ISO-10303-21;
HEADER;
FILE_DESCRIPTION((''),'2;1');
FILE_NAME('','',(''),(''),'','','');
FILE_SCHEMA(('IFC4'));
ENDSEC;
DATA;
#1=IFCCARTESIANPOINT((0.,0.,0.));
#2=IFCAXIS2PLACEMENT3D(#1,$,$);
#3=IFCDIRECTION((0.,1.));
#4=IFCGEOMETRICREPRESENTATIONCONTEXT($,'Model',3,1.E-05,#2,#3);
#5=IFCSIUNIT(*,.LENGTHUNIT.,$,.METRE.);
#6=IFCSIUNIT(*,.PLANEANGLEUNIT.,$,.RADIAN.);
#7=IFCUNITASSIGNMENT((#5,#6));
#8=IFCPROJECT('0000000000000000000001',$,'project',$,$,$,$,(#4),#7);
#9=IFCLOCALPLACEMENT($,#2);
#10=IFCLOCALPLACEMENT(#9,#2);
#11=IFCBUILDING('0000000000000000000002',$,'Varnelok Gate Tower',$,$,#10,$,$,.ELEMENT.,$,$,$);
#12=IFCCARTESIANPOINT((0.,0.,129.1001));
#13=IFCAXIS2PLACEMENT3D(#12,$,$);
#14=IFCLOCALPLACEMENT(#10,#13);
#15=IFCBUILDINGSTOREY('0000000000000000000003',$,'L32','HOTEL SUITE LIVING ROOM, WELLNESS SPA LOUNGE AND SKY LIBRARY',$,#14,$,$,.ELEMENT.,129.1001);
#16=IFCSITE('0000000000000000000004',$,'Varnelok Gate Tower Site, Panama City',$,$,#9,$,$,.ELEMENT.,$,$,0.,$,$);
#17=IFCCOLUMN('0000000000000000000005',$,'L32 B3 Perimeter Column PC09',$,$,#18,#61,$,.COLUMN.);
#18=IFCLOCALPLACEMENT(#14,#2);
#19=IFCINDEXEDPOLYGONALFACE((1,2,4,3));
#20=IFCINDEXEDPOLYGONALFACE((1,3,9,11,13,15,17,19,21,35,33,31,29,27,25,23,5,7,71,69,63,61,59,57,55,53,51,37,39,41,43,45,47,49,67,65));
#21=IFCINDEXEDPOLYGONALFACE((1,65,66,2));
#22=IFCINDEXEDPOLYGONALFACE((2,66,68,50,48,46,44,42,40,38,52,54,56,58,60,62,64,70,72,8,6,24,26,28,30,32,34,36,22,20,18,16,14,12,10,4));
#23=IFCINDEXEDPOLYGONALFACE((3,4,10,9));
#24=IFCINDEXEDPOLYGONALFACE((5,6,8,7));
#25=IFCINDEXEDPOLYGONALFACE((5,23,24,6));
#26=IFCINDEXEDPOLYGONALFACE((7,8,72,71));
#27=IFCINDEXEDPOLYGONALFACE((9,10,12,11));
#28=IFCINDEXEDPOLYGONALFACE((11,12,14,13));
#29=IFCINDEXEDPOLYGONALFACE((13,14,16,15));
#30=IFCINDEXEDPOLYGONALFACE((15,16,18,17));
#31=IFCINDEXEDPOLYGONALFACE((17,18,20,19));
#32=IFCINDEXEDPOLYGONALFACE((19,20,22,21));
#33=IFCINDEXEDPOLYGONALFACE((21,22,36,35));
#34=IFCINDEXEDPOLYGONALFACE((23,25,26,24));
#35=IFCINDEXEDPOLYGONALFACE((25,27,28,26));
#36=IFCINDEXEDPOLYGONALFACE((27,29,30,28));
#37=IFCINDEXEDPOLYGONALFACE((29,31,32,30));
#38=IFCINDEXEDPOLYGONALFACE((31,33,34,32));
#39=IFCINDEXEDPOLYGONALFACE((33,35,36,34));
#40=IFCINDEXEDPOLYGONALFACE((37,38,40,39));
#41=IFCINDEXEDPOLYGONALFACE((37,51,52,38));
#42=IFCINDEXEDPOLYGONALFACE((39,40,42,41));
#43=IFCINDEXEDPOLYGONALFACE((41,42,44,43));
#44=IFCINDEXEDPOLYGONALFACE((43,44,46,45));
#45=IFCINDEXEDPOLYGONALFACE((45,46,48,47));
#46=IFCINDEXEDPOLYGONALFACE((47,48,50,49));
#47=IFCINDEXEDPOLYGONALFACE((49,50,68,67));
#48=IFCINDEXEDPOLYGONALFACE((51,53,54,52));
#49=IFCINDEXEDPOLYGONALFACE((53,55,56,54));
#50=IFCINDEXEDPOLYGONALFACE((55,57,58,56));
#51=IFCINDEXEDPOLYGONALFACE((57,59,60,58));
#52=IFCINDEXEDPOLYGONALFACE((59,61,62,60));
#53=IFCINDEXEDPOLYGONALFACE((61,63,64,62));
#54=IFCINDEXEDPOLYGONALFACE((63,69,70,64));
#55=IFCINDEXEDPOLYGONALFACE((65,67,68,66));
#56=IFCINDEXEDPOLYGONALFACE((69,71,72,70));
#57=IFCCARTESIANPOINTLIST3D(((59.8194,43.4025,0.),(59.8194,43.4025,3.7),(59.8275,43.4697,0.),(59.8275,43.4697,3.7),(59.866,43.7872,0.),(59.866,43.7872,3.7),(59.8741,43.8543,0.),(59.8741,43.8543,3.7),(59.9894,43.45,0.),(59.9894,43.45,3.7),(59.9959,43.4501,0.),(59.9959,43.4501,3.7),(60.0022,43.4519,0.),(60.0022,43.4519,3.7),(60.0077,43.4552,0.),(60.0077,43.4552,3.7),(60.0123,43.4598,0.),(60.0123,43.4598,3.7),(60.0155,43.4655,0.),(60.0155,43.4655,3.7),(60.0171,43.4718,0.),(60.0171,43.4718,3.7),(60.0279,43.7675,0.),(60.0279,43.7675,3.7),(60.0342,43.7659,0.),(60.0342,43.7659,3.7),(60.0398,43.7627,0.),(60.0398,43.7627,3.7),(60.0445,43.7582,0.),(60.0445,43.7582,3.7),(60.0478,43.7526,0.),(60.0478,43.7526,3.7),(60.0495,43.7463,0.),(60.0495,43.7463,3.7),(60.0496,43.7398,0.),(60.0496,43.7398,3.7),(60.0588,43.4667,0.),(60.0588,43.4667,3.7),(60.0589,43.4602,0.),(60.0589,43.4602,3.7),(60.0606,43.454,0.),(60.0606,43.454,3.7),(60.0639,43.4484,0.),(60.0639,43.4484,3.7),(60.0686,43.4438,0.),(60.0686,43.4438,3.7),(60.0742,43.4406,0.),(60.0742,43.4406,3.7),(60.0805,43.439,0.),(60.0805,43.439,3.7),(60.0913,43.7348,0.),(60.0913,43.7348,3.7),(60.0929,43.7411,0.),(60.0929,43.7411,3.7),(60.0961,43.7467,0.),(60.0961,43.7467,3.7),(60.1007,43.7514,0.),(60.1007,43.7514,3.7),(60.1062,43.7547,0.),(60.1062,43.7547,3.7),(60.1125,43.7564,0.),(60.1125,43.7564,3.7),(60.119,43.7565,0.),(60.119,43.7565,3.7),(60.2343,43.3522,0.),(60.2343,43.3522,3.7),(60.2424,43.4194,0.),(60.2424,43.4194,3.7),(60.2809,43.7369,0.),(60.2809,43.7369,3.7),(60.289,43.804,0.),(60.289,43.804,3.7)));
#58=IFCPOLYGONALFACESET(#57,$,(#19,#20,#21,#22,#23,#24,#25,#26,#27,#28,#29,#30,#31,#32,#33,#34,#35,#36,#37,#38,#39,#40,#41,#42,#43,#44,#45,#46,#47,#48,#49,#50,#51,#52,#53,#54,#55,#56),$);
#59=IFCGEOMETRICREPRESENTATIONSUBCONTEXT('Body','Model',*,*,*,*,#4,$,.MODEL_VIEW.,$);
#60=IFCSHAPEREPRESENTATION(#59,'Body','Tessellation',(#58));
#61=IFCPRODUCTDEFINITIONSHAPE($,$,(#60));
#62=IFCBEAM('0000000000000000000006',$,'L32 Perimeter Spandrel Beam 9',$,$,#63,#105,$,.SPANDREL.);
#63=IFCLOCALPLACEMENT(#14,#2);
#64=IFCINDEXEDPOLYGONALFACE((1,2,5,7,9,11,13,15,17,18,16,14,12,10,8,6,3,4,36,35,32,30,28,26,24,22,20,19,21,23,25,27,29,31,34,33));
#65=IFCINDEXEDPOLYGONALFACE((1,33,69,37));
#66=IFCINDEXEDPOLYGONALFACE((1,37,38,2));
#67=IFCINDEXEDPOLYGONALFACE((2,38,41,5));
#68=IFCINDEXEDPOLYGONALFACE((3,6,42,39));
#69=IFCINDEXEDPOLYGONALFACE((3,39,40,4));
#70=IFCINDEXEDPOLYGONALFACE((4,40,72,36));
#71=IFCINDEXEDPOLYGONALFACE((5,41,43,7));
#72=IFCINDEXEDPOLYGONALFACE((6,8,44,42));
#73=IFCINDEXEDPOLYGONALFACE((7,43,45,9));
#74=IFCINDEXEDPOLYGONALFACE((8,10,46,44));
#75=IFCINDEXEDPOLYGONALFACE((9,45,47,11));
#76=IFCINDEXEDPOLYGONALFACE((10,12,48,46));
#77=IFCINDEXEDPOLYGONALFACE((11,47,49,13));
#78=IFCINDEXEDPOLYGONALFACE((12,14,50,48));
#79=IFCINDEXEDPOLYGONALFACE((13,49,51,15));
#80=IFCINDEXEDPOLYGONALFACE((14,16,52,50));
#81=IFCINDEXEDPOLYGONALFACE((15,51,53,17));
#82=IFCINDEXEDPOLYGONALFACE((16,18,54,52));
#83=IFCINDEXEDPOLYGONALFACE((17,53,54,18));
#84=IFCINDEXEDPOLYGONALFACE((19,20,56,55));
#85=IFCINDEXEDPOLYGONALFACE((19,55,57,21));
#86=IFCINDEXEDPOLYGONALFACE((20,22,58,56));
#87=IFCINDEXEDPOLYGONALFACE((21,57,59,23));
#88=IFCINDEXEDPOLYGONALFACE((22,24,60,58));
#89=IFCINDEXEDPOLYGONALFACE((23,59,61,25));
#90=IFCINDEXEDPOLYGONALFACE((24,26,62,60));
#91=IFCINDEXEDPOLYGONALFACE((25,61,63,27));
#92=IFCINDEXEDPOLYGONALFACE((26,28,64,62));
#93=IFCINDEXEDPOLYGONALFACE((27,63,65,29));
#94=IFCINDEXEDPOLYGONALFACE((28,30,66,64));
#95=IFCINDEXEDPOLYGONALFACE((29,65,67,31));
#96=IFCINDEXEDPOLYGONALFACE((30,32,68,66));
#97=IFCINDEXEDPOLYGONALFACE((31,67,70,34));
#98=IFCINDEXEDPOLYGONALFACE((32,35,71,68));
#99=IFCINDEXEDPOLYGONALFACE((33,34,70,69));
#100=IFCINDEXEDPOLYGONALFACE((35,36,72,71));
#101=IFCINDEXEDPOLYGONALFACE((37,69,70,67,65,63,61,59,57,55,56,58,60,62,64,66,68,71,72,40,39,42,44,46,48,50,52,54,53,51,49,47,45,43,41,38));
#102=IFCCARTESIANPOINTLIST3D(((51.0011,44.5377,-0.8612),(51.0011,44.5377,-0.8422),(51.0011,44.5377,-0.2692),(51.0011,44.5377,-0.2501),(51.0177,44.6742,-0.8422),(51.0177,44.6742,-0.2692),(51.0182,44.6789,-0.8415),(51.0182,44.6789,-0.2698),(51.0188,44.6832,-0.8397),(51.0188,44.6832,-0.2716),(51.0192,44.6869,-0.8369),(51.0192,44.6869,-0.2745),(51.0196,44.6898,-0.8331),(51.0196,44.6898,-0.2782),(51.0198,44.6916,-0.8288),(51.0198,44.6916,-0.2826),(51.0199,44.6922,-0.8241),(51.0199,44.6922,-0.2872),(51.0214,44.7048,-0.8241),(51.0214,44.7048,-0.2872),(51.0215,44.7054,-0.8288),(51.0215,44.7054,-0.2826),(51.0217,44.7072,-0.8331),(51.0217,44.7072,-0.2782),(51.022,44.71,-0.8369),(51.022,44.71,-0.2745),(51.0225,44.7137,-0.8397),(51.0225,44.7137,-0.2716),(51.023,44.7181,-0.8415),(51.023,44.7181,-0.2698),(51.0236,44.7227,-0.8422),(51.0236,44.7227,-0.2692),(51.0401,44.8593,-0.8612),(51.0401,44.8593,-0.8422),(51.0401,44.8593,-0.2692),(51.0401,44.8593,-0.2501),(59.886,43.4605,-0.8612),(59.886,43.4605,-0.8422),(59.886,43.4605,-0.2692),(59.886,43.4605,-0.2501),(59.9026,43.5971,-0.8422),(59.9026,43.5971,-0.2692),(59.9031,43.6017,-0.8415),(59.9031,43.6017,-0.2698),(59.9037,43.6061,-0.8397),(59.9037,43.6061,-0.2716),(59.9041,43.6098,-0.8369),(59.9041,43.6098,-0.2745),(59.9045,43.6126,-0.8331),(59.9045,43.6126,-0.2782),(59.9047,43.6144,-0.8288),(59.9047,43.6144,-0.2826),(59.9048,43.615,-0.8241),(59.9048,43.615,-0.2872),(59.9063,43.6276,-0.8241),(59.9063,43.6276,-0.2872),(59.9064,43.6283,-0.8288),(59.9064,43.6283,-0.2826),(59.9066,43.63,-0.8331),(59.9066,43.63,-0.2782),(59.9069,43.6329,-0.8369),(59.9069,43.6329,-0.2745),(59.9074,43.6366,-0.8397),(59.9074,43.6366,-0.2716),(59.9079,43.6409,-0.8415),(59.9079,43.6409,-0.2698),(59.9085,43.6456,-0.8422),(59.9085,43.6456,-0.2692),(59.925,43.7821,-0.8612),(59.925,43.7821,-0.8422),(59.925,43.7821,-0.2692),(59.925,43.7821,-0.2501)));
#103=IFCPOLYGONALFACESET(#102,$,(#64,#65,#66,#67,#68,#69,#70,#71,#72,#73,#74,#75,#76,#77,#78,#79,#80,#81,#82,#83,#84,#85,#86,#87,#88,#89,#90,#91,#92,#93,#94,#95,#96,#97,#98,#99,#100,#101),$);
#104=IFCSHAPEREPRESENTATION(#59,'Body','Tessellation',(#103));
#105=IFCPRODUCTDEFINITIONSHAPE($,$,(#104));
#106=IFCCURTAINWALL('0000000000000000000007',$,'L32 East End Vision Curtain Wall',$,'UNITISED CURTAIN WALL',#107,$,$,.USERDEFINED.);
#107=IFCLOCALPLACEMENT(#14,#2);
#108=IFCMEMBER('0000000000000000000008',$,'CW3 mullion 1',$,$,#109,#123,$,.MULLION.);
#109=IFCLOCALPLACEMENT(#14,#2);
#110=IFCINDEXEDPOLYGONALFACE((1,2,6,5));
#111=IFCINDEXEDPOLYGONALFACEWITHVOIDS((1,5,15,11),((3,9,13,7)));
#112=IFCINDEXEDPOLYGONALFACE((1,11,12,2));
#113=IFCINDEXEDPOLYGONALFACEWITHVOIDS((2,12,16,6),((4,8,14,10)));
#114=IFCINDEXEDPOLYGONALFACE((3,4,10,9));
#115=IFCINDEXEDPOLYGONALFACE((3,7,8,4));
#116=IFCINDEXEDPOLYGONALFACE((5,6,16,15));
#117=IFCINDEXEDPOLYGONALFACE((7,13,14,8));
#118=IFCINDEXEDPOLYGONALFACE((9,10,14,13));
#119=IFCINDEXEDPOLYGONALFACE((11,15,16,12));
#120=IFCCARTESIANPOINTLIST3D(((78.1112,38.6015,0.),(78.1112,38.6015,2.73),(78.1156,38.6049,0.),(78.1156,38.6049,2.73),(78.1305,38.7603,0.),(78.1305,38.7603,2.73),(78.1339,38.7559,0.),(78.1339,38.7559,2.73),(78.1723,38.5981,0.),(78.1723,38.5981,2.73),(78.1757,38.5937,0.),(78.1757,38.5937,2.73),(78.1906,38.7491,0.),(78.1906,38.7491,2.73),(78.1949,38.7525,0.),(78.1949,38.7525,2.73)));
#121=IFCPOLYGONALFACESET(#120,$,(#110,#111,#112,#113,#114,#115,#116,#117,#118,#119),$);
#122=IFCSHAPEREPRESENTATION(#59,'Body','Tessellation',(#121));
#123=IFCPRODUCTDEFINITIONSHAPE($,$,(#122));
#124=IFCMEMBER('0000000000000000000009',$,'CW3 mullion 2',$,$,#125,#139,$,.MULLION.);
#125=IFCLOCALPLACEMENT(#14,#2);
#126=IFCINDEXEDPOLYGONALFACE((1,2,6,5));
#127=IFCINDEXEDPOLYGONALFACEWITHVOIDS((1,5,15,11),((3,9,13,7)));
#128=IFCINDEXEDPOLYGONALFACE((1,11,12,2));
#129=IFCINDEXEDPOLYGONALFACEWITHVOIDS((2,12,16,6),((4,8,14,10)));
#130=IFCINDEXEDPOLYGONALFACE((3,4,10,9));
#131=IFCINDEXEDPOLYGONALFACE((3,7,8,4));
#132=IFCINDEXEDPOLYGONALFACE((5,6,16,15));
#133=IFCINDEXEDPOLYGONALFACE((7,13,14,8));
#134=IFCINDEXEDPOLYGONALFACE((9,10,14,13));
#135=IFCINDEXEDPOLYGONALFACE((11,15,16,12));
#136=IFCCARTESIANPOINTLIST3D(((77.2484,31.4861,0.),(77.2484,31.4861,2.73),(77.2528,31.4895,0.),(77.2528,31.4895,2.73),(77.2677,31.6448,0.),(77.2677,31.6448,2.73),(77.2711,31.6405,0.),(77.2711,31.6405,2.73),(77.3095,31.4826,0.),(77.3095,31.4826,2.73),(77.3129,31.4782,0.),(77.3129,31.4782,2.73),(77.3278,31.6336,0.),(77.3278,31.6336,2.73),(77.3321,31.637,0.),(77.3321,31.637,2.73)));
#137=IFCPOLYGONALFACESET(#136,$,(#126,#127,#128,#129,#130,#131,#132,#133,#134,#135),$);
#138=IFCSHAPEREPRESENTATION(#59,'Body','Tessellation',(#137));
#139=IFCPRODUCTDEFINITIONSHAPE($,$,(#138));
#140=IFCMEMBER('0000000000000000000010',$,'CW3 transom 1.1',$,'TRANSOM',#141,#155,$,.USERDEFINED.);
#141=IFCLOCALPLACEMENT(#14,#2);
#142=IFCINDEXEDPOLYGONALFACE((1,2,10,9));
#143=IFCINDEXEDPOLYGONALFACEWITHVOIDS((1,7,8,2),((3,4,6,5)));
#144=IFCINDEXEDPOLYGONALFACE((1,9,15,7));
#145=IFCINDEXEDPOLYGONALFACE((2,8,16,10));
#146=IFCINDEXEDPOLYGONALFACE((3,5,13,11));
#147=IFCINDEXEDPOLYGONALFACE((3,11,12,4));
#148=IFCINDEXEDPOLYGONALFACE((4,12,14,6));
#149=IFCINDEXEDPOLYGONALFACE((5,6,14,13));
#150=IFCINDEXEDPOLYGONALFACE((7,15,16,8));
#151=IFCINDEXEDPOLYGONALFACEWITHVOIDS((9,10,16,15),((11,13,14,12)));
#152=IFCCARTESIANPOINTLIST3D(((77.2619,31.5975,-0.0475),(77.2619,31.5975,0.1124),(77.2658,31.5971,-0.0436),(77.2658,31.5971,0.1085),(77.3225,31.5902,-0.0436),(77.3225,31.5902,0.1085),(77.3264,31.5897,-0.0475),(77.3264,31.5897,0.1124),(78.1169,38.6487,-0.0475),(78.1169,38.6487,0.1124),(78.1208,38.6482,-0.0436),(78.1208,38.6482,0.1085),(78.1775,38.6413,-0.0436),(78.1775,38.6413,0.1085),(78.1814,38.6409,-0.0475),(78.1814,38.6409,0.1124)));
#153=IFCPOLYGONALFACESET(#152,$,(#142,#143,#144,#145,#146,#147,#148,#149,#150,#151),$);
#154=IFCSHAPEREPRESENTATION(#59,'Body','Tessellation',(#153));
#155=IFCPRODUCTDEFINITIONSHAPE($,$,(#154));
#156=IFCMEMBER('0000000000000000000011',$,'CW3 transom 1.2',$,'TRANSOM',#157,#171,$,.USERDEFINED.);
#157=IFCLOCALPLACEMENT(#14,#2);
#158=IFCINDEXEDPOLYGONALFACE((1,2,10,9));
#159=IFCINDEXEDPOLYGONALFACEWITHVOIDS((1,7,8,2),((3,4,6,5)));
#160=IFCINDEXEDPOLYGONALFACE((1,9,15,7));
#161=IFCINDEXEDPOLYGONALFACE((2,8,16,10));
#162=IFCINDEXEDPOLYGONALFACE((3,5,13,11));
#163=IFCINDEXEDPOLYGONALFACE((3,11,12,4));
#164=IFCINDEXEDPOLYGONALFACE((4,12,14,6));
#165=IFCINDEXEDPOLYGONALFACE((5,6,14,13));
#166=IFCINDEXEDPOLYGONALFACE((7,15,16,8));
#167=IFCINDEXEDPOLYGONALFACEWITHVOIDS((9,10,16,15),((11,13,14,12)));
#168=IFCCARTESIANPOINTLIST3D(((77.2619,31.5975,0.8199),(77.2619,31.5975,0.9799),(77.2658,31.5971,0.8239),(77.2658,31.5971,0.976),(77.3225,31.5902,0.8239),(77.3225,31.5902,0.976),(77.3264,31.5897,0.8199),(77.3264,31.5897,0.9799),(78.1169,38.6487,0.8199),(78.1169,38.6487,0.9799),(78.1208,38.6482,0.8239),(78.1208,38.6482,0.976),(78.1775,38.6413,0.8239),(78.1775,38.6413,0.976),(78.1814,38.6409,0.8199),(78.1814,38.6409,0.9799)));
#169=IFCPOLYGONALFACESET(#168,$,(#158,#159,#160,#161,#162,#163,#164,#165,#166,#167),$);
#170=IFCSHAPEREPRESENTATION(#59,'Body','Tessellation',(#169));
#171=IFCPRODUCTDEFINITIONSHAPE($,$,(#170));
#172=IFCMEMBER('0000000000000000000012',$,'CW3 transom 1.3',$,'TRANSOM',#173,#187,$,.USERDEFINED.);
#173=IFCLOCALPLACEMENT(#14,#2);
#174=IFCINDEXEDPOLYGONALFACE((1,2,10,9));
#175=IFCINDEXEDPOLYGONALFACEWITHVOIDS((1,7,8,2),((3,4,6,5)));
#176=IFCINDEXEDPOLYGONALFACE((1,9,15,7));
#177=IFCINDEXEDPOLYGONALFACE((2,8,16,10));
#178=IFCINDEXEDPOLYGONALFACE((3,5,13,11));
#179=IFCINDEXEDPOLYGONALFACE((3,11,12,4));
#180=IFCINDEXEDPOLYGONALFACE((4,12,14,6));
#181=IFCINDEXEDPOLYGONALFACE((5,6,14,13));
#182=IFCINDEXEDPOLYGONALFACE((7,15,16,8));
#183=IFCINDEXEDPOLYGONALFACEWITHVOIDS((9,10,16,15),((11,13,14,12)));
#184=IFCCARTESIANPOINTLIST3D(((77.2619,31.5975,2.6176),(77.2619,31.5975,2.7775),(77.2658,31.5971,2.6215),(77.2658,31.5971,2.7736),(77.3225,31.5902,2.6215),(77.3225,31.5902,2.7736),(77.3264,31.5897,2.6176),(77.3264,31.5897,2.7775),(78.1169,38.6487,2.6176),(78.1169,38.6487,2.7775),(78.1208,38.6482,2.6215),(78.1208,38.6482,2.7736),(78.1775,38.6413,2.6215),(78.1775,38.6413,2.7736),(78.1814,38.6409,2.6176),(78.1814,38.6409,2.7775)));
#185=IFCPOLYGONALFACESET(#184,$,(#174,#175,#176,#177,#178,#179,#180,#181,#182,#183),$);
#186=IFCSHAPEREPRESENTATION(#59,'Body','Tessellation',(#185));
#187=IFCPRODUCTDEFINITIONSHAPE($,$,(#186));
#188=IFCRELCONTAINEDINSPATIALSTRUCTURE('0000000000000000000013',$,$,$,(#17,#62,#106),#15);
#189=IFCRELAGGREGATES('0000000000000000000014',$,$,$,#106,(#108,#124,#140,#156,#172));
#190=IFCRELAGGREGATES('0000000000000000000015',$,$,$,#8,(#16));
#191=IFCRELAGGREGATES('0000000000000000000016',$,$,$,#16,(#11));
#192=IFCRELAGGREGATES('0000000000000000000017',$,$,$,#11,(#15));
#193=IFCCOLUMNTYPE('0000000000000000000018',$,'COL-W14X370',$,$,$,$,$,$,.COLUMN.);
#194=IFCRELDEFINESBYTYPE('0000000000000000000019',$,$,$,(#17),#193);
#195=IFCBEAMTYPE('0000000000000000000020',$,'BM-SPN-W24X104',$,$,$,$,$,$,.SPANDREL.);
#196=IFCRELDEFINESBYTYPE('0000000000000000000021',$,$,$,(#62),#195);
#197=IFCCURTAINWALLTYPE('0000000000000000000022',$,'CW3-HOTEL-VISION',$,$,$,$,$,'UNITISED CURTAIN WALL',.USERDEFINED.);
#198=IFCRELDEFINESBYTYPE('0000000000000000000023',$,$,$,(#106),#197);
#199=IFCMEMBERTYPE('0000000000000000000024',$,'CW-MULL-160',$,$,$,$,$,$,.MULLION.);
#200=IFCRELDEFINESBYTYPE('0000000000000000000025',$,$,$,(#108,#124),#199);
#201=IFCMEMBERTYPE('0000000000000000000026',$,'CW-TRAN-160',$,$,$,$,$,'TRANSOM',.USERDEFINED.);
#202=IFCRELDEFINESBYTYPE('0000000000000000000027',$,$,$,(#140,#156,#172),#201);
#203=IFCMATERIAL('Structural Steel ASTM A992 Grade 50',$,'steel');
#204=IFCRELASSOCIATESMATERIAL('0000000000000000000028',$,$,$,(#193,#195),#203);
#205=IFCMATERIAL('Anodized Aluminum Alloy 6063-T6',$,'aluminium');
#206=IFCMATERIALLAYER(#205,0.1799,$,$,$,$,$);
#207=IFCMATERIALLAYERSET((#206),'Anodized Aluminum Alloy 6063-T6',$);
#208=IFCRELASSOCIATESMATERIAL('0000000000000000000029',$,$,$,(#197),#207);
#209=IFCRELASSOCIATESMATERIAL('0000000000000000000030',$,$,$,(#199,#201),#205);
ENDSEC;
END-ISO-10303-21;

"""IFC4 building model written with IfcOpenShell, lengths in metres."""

from ifc_helpers import new_model, si_unit, direction, frame, origin, origin_2d, place, context, subcontext, project, spatial, hollow_rectangle, i_section, extrude, material, layer, layer_set, material_profile, profile_set, type_object, element, aggregate, save


model = new_model("IFC4")

# Units and contexts
model_context = context("Model", 3, precision=1e-05, world=origin(), true_north=direction((0.0, 1.0)))
body_context = subcontext(model_context, "Body", "Model", "MODEL_VIEW")
ifc_project = project(units=[si_unit("LENGTHUNIT", "METRE"), si_unit("PLANEANGLEUNIT", "RADIAN")], contexts=[model_context])

# Site, building, storey
site_placement = place(None, origin())
site = spatial("IfcSite", under=ifc_project, at=site_placement, Name="Varnelok Gate Tower Site, Panama City", CompositionType="ELEMENT", RefElevation=0.0)
building_placement = place(site_placement, origin())
building = spatial("IfcBuilding", under=site, at=building_placement, Name="Varnelok Gate Tower", CompositionType="ELEMENT")
storey_placement = place(building_placement, frame((0.0, 0.0, 129.1001)))
storey = spatial("IfcBuildingStorey", under=building, at=storey_placement, Name="L32", Description="HOTEL SUITE LIVING ROOM, WELLNESS SPA LOUNGE AND SKY LIBRARY", CompositionType="ELEMENT", Elevation=129.1001)

# Column
ifc_material_1 = material(Name="Structural Steel ASTM A992 Grade 50", Category="steel")
ifc_material_profile_1 = material_profile(ifc_material_1, i_section(OverallWidth=0.418, OverallDepth=0.4551, WebThickness=0.042, FlangeThickness=0.0676, FilletRadius=0.0249, at=origin_2d()), Name="W14X370")
ifc_profile_set_1 = profile_set([ifc_material_profile_1], Name="Structural Steel ASTM A992 Grade 50")
column_type = type_object("IfcColumnType", Name="COL-W14X370", PredefinedType="COLUMN", material=ifc_profile_set_1)
column_placement = place(storey_placement, frame((60.0542, 43.6033, 0.0), z_axis=(0.0, 0.0, 1.0), x_axis=(0.992732, -0.120345, 0.0)))
element("IfcColumn", 1, at=column_placement, inside=storey, type_object=column_type, Name="L32 B3 Perimeter Column PC09", PredefinedType="COLUMN", context=body_context, shape_type="SweptSolid", body=[
    extrude(i_section(OverallWidth=0.418, OverallDepth=0.4551, WebThickness=0.042, FlangeThickness=0.0676, FilletRadius=0.0249, at=origin_2d()), origin(), (0.0, 0.0, 1.0), 3.7),
])

# Beam
ifc_material_profile_2 = material_profile(ifc_material_1, i_section(OverallWidth=0.324, OverallDepth=0.6111, WebThickness=0.0127, FlangeThickness=0.019, FilletRadius=0.0181, at=origin_2d()), Name="W24X104")
ifc_profile_set_2 = profile_set([ifc_material_profile_2], Name="Structural Steel ASTM A992 Grade 50")
beam_type = type_object("IfcBeamType", Name="BM-SPN-W24X104", PredefinedType="SPANDREL", material=ifc_profile_set_2)
beam_placement = place(storey_placement, frame((59.9055, 43.6213, -0.5557), z_axis=(-0.992731, 0.120351, 0.0), x_axis=(-0.120351, -0.992731, 0.0)))
element("IfcBeam", 2, at=beam_placement, inside=storey, type_object=beam_type, Name="L32 Perimeter Spandrel Beam 9", PredefinedType="SPANDREL", context=body_context, shape_type="SweptSolid", body=[
    extrude(i_section(OverallWidth=0.324, OverallDepth=0.6111, WebThickness=0.0127, FlangeThickness=0.019, FilletRadius=0.0181, at=origin_2d()), origin(), (0.0, 0.0, 1.0), 8.95),
])

# Curtain wall, members
ifc_material_2 = material(Name="Anodized Aluminum Alloy 6063-T6", Category="aluminium")
ifc_layer_1 = layer(ifc_material_2, 0.1799)
ifc_layer_set_1 = layer_set([ifc_layer_1], Name="Anodized Aluminum Alloy 6063-T6")
curtain_wall_type = type_object("IfcCurtainWallType", Name="CW3-HOTEL-VISION", ElementType="UNITISED CURTAIN WALL", PredefinedType="USERDEFINED", material=ifc_layer_set_1)
curtain_wall_placement = place(storey_placement, origin())
curtain_wall = element("IfcCurtainWall", 3, at=curtain_wall_placement, inside=storey, type_object=curtain_wall_type, Name="L32 East End Vision Curtain Wall", ObjectType="UNITISED CURTAIN WALL", PredefinedType="USERDEFINED")
ifc_material_profile_3 = material_profile(ifc_material_2, hollow_rectangle(XDim=0.0649, YDim=0.1599, WallThickness=0.0039, at=origin_2d()), Name="ALU160X65X4")
ifc_profile_set_3 = profile_set([ifc_material_profile_3], Name="Anodized Aluminum Alloy 6063-T6")
member_type_1 = type_object("IfcMemberType", Name="CW-MULL-160", PredefinedType="MULLION", material=ifc_profile_set_3)
member_1_placement = place(storey_placement, frame((78.1531, 38.677, 0.0), z_axis=(0.0, 0.0, 1.0), x_axis=(0.992732, -0.120347, 0.0)))
member_1 = element("IfcMember", 4, at=member_1_placement, type_object=member_type_1, Name="CW3 mullion 1", PredefinedType="MULLION", context=body_context, shape_type="SweptSolid", body=[
    extrude(hollow_rectangle(XDim=0.0649, YDim=0.1599, WallThickness=0.0039, at=origin_2d()), origin(), (0.0, 0.0, 1.0), 2.73),
])
member_2_placement = place(storey_placement, frame((77.2903, 31.5615, 0.0), z_axis=(0.0, 0.0, 1.0), x_axis=(0.992732, -0.120347, 0.0)))
member_2 = element("IfcMember", 5, at=member_2_placement, type_object=member_type_1, Name="CW3 mullion 2", PredefinedType="MULLION", context=body_context, shape_type="SweptSolid", body=[
    extrude(hollow_rectangle(XDim=0.0649, YDim=0.1599, WallThickness=0.0039, at=origin_2d()), origin(), (0.0, 0.0, 1.0), 2.73),
])
ifc_material_profile_4 = material_profile(ifc_material_2, hollow_rectangle(XDim=0.0649, YDim=0.1599, WallThickness=0.0039, at=origin_2d()), Name="ALU160X65X4")
ifc_profile_set_4 = profile_set([ifc_material_profile_4], Name="Anodized Aluminum Alloy 6063-T6")
member_type_2 = type_object("IfcMemberType", Name="CW-TRAN-160", ElementType="TRANSOM", PredefinedType="USERDEFINED", material=ifc_profile_set_4)
member_3_placement = place(storey_placement, frame((78.1492, 38.6448, 0.0325), z_axis=(-0.120374, -0.992729, 0.0), x_axis=(0.992729, -0.120374, 0.0)))
member_3 = element("IfcMember", 6, at=member_3_placement, type_object=member_type_2, Name="CW3 transom 1.1", ObjectType="TRANSOM", PredefinedType="USERDEFINED", context=body_context, shape_type="SweptSolid", body=[
    extrude(hollow_rectangle(XDim=0.0649, YDim=0.1599, WallThickness=0.0039, at=origin_2d()), origin(), (0.0, 0.0, 1.0), 7.1028),
])
member_4_placement = place(storey_placement, frame((78.1492, 38.6448, 0.8999), z_axis=(-0.120374, -0.992729, 0.0), x_axis=(0.992729, -0.120374, 0.0)))
member_4 = element("IfcMember", 7, at=member_4_placement, type_object=member_type_2, Name="CW3 transom 1.2", ObjectType="TRANSOM", PredefinedType="USERDEFINED", context=body_context, shape_type="SweptSolid", body=[
    extrude(hollow_rectangle(XDim=0.0649, YDim=0.1599, WallThickness=0.0039, at=origin_2d()), origin(), (0.0, 0.0, 1.0), 7.1028),
])
member_5_placement = place(storey_placement, frame((78.1492, 38.6448, 2.6975), z_axis=(-0.120374, -0.992729, 0.0), x_axis=(0.992729, -0.120374, 0.0)))
member_5 = element("IfcMember", 8, at=member_5_placement, type_object=member_type_2, Name="CW3 transom 1.3", ObjectType="TRANSOM", PredefinedType="USERDEFINED", context=body_context, shape_type="SweptSolid", body=[
    extrude(hollow_rectangle(XDim=0.0649, YDim=0.1599, WallThickness=0.0039, at=origin_2d()), origin(), (0.0, 0.0, 1.0), 7.1028),
])
aggregate(curtain_wall, [member_1, member_2, member_3, member_4, member_5])

save(model, "model.ifc")
